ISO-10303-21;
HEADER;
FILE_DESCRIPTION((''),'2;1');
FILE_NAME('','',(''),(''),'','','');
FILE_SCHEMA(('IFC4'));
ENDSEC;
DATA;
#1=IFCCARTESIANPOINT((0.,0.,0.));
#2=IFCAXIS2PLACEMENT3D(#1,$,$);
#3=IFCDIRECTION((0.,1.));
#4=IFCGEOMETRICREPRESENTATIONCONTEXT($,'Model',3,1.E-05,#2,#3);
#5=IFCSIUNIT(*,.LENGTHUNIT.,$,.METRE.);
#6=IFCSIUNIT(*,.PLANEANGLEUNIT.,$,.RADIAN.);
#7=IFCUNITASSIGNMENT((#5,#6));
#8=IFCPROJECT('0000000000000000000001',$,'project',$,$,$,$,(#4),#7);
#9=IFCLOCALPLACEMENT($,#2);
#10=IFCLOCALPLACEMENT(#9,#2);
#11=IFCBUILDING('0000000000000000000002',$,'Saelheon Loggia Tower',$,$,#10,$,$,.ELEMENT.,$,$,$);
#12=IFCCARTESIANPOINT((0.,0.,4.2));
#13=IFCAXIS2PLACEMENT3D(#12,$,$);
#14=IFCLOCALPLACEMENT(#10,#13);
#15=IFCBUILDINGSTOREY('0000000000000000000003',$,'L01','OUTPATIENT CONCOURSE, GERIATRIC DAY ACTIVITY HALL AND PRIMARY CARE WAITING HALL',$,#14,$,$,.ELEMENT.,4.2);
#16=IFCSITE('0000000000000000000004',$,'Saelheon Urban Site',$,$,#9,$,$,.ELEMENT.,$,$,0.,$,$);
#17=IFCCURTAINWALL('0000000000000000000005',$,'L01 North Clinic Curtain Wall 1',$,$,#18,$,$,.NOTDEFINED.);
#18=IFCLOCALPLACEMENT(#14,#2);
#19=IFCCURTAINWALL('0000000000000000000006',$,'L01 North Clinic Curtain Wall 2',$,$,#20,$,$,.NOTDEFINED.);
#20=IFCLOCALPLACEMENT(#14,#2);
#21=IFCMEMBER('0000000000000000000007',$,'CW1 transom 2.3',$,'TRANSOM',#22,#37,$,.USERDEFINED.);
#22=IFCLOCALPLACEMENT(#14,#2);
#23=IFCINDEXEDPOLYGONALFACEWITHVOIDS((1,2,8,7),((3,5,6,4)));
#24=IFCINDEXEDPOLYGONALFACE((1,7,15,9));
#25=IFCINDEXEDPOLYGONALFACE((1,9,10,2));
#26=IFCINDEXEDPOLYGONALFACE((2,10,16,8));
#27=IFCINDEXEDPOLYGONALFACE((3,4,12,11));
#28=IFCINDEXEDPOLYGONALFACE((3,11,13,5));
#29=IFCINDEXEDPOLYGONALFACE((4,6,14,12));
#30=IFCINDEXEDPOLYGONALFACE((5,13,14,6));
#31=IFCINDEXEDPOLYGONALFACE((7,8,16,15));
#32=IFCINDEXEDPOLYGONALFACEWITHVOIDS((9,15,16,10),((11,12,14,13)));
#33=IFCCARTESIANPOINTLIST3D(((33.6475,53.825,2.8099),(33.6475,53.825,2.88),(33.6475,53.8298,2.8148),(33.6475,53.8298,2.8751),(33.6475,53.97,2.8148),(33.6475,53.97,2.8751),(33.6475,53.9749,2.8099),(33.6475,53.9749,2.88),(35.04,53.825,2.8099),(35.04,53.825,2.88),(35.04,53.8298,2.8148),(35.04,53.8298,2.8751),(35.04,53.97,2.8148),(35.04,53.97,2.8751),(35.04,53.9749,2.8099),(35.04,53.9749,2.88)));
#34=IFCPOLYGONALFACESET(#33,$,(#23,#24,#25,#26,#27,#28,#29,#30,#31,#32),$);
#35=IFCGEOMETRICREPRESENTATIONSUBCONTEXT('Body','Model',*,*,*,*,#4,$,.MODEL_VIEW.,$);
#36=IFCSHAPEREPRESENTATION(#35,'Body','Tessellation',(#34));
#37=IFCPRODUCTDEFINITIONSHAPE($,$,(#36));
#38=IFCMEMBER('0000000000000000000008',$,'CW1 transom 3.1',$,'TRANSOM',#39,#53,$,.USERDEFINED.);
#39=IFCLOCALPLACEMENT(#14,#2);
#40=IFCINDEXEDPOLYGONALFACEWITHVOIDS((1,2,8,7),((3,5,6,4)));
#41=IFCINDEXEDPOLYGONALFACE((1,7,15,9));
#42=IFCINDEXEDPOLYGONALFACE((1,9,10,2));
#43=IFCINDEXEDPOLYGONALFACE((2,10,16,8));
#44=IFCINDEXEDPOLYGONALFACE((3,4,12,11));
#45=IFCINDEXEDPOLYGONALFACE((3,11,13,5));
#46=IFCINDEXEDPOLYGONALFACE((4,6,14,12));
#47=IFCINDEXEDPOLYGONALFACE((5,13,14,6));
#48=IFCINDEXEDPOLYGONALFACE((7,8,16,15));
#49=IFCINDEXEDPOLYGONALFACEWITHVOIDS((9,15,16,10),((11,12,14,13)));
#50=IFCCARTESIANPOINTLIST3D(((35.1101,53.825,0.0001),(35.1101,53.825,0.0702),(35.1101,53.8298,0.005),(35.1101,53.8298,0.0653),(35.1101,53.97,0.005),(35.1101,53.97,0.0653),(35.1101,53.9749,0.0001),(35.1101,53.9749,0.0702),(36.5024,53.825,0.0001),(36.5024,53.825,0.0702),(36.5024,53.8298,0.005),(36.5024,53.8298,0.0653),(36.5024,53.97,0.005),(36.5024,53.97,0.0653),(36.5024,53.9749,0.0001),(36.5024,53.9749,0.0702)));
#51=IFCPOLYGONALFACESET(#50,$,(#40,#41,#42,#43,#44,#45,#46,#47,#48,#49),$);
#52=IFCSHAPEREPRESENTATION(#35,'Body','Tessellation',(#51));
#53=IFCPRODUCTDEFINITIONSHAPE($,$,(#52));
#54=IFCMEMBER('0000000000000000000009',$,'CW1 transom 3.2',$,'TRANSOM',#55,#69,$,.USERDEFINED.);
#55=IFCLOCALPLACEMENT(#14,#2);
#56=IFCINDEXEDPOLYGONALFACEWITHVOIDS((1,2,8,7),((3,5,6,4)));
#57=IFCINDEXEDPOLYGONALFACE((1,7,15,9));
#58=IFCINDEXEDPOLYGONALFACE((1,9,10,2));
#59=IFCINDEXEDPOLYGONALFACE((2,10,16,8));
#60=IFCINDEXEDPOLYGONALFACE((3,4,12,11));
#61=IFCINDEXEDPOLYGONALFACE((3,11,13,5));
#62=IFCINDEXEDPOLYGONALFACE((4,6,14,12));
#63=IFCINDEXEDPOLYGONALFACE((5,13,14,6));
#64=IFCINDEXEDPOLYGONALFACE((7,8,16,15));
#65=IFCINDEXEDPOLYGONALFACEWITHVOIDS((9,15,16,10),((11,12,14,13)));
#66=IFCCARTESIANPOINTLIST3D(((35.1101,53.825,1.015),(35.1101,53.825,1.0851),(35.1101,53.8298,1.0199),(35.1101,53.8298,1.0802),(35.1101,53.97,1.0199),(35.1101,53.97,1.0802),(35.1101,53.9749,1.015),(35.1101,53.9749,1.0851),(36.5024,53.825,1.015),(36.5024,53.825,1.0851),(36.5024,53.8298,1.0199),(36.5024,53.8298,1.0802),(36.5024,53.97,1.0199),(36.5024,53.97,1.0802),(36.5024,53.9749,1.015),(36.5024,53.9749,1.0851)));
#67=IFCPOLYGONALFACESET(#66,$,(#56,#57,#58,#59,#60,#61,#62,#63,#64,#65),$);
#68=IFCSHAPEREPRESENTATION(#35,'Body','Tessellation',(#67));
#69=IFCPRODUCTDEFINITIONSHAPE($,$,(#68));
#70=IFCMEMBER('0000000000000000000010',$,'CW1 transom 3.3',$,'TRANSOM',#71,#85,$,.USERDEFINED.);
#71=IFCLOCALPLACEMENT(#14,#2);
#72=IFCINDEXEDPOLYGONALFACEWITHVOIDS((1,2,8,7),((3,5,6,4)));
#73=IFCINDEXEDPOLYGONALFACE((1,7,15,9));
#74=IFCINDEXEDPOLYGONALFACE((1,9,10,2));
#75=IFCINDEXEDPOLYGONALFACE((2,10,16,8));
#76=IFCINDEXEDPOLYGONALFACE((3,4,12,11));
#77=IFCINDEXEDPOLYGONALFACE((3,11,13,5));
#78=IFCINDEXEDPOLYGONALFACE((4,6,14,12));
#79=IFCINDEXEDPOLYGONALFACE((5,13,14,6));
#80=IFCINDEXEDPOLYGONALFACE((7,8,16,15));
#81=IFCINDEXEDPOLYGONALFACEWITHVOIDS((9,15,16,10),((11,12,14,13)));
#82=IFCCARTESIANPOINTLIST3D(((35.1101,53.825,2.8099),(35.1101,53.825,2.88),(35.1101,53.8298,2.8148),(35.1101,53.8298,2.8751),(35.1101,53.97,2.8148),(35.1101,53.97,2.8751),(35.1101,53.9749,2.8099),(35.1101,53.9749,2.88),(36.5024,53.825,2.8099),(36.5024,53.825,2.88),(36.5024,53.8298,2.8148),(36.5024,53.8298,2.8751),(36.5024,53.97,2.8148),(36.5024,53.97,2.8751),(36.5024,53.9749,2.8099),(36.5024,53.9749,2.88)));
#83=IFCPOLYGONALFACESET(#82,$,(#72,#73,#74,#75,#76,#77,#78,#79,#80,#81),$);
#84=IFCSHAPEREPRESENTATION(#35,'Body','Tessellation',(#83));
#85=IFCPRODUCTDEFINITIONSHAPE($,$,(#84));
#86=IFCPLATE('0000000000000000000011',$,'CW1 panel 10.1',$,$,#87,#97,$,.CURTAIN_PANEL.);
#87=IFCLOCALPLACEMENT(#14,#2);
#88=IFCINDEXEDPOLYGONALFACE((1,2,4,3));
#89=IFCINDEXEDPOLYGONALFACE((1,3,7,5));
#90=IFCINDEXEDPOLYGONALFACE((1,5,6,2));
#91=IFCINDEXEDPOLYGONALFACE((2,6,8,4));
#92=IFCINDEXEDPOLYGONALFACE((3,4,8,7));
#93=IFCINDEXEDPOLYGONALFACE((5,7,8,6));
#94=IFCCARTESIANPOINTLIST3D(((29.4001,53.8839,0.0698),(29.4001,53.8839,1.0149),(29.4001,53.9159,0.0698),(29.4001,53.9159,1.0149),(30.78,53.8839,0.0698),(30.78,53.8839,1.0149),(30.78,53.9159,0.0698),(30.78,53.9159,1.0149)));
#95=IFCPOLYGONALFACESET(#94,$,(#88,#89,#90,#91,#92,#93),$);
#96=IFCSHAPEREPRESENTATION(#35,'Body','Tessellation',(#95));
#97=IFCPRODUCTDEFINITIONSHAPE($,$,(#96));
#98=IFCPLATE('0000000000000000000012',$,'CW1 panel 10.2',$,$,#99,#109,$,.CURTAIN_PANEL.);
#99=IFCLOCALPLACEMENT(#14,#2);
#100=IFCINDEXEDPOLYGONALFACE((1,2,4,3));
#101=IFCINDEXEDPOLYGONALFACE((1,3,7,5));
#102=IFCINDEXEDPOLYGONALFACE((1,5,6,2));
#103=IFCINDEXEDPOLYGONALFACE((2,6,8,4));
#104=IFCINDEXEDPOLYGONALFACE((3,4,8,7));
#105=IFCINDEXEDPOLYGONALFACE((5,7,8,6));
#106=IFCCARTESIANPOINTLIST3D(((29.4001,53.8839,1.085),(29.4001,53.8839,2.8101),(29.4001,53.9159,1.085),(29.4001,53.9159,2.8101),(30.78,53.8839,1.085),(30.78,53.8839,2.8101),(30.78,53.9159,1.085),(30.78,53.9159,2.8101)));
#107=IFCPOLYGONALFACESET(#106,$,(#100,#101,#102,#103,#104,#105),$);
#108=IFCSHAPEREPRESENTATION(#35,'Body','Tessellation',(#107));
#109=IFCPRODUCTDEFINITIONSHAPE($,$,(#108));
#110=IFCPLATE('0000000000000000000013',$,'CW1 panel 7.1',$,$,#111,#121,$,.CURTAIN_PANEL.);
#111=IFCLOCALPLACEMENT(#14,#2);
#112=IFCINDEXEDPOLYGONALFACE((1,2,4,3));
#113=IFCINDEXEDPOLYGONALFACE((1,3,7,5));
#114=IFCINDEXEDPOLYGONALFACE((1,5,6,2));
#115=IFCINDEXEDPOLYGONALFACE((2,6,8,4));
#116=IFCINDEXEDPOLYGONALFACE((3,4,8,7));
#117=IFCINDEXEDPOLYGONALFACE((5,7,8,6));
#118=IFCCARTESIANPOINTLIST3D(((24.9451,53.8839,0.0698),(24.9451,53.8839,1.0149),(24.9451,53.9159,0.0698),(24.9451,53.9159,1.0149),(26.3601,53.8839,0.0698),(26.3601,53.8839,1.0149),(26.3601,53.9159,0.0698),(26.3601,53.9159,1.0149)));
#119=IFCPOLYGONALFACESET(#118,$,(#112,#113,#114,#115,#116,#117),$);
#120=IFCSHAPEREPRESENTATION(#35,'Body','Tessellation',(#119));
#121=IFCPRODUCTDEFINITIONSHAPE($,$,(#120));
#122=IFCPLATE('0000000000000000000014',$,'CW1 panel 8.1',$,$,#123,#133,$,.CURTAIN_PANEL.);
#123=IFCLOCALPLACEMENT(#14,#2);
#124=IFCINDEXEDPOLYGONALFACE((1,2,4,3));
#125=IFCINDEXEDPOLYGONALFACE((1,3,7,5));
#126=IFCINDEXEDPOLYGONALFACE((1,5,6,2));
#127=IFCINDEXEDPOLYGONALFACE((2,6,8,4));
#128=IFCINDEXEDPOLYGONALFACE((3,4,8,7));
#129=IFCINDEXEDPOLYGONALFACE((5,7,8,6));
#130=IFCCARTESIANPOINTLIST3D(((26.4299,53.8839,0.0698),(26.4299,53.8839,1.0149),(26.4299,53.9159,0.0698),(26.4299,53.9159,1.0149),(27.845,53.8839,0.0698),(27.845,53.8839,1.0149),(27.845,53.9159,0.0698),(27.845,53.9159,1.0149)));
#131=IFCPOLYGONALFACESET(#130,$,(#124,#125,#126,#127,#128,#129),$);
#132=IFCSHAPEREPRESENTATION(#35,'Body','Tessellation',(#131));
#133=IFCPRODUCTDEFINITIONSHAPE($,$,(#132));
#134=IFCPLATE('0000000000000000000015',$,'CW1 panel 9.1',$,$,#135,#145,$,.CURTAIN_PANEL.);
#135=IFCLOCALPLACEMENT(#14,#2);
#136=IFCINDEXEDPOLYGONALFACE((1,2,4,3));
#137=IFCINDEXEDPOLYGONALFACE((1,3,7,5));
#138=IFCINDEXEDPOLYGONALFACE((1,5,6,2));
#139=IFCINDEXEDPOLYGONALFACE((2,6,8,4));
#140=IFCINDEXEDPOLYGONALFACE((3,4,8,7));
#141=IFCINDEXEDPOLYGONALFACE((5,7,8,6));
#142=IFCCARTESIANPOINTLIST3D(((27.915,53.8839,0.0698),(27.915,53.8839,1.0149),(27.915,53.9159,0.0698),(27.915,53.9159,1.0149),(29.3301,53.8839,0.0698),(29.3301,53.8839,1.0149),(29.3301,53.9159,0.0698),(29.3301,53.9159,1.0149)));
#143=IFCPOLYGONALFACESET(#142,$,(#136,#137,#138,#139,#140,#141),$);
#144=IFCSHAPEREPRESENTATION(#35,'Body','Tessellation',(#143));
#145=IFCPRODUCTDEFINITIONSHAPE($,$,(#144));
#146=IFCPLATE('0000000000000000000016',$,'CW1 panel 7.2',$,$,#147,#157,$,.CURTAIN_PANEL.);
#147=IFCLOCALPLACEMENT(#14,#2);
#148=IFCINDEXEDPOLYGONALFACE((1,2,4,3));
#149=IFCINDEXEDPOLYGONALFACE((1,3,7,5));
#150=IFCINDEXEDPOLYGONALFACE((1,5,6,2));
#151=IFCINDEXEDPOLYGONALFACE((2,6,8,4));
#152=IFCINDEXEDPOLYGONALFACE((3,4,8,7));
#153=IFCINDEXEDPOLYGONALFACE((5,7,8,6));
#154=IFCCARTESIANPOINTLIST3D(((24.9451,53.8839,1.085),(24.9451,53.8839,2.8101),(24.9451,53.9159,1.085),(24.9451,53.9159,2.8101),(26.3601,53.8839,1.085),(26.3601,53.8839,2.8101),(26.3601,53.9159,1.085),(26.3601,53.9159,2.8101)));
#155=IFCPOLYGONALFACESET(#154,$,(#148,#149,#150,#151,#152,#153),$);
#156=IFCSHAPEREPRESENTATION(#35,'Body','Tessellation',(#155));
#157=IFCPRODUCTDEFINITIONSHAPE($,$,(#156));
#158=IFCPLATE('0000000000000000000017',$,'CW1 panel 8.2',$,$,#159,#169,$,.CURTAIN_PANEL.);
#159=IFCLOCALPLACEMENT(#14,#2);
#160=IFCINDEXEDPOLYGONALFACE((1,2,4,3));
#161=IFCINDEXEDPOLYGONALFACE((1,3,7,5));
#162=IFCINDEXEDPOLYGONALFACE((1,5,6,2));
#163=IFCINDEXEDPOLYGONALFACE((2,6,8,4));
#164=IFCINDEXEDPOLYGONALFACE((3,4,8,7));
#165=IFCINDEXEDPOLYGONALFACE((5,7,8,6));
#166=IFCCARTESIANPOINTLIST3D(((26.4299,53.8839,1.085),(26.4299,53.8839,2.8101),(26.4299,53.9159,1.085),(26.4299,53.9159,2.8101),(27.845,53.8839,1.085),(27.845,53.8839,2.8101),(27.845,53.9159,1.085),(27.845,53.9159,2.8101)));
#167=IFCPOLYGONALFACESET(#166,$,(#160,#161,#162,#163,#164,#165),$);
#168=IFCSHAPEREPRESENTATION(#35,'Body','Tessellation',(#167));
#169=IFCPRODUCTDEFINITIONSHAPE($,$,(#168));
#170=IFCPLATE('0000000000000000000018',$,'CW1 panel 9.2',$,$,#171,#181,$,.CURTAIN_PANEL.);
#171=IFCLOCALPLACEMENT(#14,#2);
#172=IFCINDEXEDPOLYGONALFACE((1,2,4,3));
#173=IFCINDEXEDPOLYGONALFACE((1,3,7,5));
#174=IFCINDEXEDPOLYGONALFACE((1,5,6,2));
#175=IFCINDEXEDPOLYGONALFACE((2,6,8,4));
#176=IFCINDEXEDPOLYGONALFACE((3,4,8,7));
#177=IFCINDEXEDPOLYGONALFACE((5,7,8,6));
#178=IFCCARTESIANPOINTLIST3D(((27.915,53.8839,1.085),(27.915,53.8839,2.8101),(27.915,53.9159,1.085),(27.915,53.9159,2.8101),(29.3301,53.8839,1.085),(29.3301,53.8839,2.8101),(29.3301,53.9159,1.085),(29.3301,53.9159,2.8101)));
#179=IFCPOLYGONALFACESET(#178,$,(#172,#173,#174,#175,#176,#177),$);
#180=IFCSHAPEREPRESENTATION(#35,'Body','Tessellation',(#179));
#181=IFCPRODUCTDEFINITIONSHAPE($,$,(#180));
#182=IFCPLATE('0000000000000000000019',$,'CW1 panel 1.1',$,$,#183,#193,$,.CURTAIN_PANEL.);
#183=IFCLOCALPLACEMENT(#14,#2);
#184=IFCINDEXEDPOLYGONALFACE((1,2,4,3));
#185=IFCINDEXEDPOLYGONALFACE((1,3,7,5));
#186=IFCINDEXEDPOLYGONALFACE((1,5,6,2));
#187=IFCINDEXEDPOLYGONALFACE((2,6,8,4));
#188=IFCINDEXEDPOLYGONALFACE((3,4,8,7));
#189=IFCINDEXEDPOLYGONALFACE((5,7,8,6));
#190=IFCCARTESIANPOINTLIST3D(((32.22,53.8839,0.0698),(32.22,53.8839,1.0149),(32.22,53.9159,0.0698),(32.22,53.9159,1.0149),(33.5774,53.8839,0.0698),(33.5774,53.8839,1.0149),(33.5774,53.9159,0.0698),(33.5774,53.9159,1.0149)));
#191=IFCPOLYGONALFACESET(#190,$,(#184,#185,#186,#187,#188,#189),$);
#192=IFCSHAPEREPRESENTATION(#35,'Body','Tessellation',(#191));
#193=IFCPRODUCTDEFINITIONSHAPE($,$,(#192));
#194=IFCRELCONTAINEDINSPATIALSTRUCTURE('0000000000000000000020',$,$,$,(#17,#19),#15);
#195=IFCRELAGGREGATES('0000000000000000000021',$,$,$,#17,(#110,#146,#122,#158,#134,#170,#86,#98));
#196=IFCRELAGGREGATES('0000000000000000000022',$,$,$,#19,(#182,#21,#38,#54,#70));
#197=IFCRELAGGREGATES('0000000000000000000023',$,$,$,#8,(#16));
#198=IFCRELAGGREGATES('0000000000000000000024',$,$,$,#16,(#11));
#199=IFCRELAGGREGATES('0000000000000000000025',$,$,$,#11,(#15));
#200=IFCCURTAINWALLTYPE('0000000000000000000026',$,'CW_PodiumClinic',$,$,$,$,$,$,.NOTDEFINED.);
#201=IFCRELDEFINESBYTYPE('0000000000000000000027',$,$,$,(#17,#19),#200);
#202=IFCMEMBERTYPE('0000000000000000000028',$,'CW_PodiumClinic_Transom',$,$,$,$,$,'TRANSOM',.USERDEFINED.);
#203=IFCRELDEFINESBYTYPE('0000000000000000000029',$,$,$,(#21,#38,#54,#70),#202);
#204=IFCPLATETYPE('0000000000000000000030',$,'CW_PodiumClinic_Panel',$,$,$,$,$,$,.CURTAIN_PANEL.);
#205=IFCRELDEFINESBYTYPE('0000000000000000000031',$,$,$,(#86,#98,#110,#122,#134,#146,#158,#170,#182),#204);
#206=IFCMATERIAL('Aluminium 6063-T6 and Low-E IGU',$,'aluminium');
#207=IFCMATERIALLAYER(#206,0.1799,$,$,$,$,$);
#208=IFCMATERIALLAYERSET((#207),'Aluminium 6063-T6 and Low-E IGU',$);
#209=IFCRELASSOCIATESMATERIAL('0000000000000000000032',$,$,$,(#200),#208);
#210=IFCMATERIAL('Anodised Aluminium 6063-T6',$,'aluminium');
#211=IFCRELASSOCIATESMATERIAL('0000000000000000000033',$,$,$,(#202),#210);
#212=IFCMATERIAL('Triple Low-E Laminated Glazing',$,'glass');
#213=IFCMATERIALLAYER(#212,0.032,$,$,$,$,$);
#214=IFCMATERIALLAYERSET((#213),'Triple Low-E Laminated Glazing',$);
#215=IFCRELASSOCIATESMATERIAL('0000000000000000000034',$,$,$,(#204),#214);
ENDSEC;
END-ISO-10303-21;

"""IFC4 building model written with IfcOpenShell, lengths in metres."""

from ifc_helpers import new_model, si_unit, direction, frame, origin, origin_2d, place, context, subcontext, project, spatial, rectangle, hollow_rectangle, extrude, source, transform, mapped, material, layer, layer_set, material_profile, profile_set, type_object, element, aggregate, save


model = new_model("IFC4")

# Units and contexts
model_context = context("Model", 3, precision=1e-05, world=origin(), true_north=direction((0.0, 1.0)))
body_context = subcontext(model_context, "Body", "Model", "MODEL_VIEW")
ifc_project = project(units=[si_unit("LENGTHUNIT", "METRE"), si_unit("PLANEANGLEUNIT", "RADIAN")], contexts=[model_context])

# Site, building, storey
site_placement = place(None, origin())
site = spatial("IfcSite", under=ifc_project, at=site_placement, Name="Saelheon Urban Site", CompositionType="ELEMENT", RefElevation=0.0)
building_placement = place(site_placement, origin())
building = spatial("IfcBuilding", under=site, at=building_placement, Name="Saelheon Loggia Tower", CompositionType="ELEMENT")
storey_placement = place(building_placement, frame((0.0, 0.0, 4.2)))
storey = spatial("IfcBuildingStorey", under=building, at=storey_placement, Name="L01", Description="OUTPATIENT CONCOURSE, GERIATRIC DAY ACTIVITY HALL AND PRIMARY CARE WAITING HALL", CompositionType="ELEMENT", Elevation=4.2)

# Curtain walls
ifc_material_1 = material(Name="Aluminium 6063-T6 and Low-E IGU", Category="aluminium")
ifc_layer_1 = layer(ifc_material_1, 0.1799)
ifc_layer_set_1 = layer_set([ifc_layer_1], Name="Aluminium 6063-T6 and Low-E IGU")
curtain_wall_type = type_object("IfcCurtainWallType", Name="CW_PodiumClinic", PredefinedType="NOTDEFINED", material=ifc_layer_set_1)
curtain_wall_1_placement = place(storey_placement, origin())
curtain_wall_1 = element("IfcCurtainWall", 1, at=curtain_wall_1_placement, inside=storey, type_object=curtain_wall_type, Name="L01 North Clinic Curtain Wall 1", PredefinedType="NOTDEFINED")
ifc_material_2 = material(Name="Anodised Aluminium 6063-T6", Category="aluminium")
curtain_wall_2_placement = place(storey_placement, origin())
curtain_wall_2 = element("IfcCurtainWall", 2, at=curtain_wall_2_placement, inside=storey, type_object=curtain_wall_type, Name="L01 North Clinic Curtain Wall 2", PredefinedType="NOTDEFINED")

# Members
ifc_material_profile_1 = material_profile(ifc_material_2, hollow_rectangle(XDim=0.0701, YDim=0.1499, WallThickness=0.0049, at=origin_2d()), Name="RHS-150x70x5")
ifc_profile_set_1 = profile_set([ifc_material_profile_1], Name="Anodised Aluminium 6063-T6")
member_type_1 = type_object("IfcMemberType", Name="CW_PodiumClinic_Transom", ElementType="TRANSOM", PredefinedType="USERDEFINED", material=ifc_profile_set_1)
shared_shape_1 = source(origin(), body_context, "Body", "SweptSolid", [
    extrude(hollow_rectangle(XDim=0.0701, YDim=0.1499, WallThickness=0.0049, at=origin_2d()), origin(), (0.0, 0.0, 1.0), 1.3926),
])
member_1_placement = place(storey_placement, frame((33.6475, 53.8999, 2.845), z_axis=(1.0, 0.0, 0.0), x_axis=(0.0, 0.0, 1.0)))
member_1 = element("IfcMember", 3, at=member_1_placement, type_object=member_type_1, Name="CW1 transom 2.3", ObjectType="TRANSOM", PredefinedType="USERDEFINED", context=body_context, shape_type="MappedRepresentation", body=[
    mapped(shared_shape_1, transform((0.0, 0.0, 0.0), scale=1.0)),
])
shared_shape_2 = source(origin(), body_context, "Body", "SweptSolid", [
    extrude(hollow_rectangle(XDim=0.0701, YDim=0.1499, WallThickness=0.0049, at=origin_2d()), origin(), (0.0, 0.0, 1.0), 1.3923),
])
member_2_placement = place(storey_placement, frame((35.1101, 53.8999, 0.0352), z_axis=(1.0, 0.0, 0.0), x_axis=(0.0, 0.0, 1.0)))
member_2 = element("IfcMember", 4, at=member_2_placement, type_object=member_type_1, Name="CW1 transom 3.1", ObjectType="TRANSOM", PredefinedType="USERDEFINED", context=body_context, shape_type="MappedRepresentation", body=[
    mapped(shared_shape_2, transform((0.0, 0.0, 0.0), scale=1.0)),
])
member_3_placement = place(storey_placement, frame((35.1101, 53.8999, 1.05), z_axis=(1.0, 0.0, 0.0), x_axis=(0.0, 0.0, 1.0)))
member_3 = element("IfcMember", 5, at=member_3_placement, type_object=member_type_1, Name="CW1 transom 3.2", ObjectType="TRANSOM", PredefinedType="USERDEFINED", context=body_context, shape_type="MappedRepresentation", body=[
    mapped(shared_shape_2, transform((0.0, 0.0, 0.0), scale=1.0)),
])
member_4_placement = place(storey_placement, frame((35.1101, 53.8999, 2.845), z_axis=(1.0, 0.0, 0.0), x_axis=(0.0, 0.0, 1.0)))
member_4 = element("IfcMember", 6, at=member_4_placement, type_object=member_type_1, Name="CW1 transom 3.3", ObjectType="TRANSOM", PredefinedType="USERDEFINED", context=body_context, shape_type="MappedRepresentation", body=[
    mapped(shared_shape_2, transform((0.0, 0.0, 0.0), scale=1.0)),
])

# Plates
ifc_material_3 = material(Name="Triple Low-E Laminated Glazing", Category="glass")
ifc_layer_2 = layer(ifc_material_3, 0.032)
ifc_layer_set_2 = layer_set([ifc_layer_2], Name="Triple Low-E Laminated Glazing")
plate_type = type_object("IfcPlateType", Name="CW_PodiumClinic_Panel", PredefinedType="CURTAIN_PANEL", material=ifc_layer_set_2)
shared_shape_3 = source(origin(), body_context, "Body", "SweptSolid", [
    extrude(rectangle(XDim=1.3799, YDim=0.032, at=origin_2d()), origin(), (0.0, 0.0, 1.0), 0.9451),
])
plate_1_placement = place(storey_placement, frame((30.0901, 53.8999, 0.0698), z_axis=(0.0, 0.0, 1.0), x_axis=(1.0, 0.0, 0.0)))
plate_1 = element("IfcPlate", 7, at=plate_1_placement, type_object=plate_type, Name="CW1 panel 10.1", PredefinedType="CURTAIN_PANEL", context=body_context, shape_type="MappedRepresentation", body=[
    mapped(shared_shape_3, transform((0.0, 0.0, 0.0), scale=1.0)),
])
shared_shape_4 = source(origin(), body_context, "Body", "SweptSolid", [
    extrude(rectangle(XDim=1.3799, YDim=0.032, at=origin_2d()), origin(), (0.0, 0.0, 1.0), 1.7251),
])
plate_2_placement = place(storey_placement, frame((30.0901, 53.8999, 1.085), z_axis=(0.0, 0.0, 1.0), x_axis=(1.0, 0.0, 0.0)))
plate_2 = element("IfcPlate", 8, at=plate_2_placement, type_object=plate_type, Name="CW1 panel 10.2", PredefinedType="CURTAIN_PANEL", context=body_context, shape_type="MappedRepresentation", body=[
    mapped(shared_shape_4, transform((0.0, 0.0, 0.0), scale=1.0)),
])
shared_shape_5 = source(origin(), body_context, "Body", "SweptSolid", [
    extrude(rectangle(XDim=1.415, YDim=0.032, at=origin_2d()), origin(), (0.0, 0.0, 1.0), 0.9451),
])
plate_3_placement = place(storey_placement, frame((25.6526, 53.8999, 0.0698), z_axis=(0.0, 0.0, 1.0), x_axis=(1.0, 0.0, 0.0)))
plate_3 = element("IfcPlate", 9, at=plate_3_placement, type_object=plate_type, Name="CW1 panel 7.1", PredefinedType="CURTAIN_PANEL", context=body_context, shape_type="MappedRepresentation", body=[
    mapped(shared_shape_5, transform((0.0, 0.0, 0.0), scale=1.0)),
])
plate_4_placement = place(storey_placement, frame((27.1375, 53.8999, 0.0698), z_axis=(0.0, 0.0, 1.0), x_axis=(1.0, 0.0, 0.0)))
plate_4 = element("IfcPlate", 10, at=plate_4_placement, type_object=plate_type, Name="CW1 panel 8.1", PredefinedType="CURTAIN_PANEL", context=body_context, shape_type="MappedRepresentation", body=[
    mapped(shared_shape_5, transform((0.0, 0.0, 0.0), scale=1.0)),
])
plate_5_placement = place(storey_placement, frame((28.6226, 53.8999, 0.0698), z_axis=(0.0, 0.0, 1.0), x_axis=(1.0, 0.0, 0.0)))
plate_5 = element("IfcPlate", 11, at=plate_5_placement, type_object=plate_type, Name="CW1 panel 9.1", PredefinedType="CURTAIN_PANEL", context=body_context, shape_type="MappedRepresentation", body=[
    mapped(shared_shape_5, transform((0.0, 0.0, 0.0), scale=1.0)),
])
shared_shape_6 = source(origin(), body_context, "Body", "SweptSolid", [
    extrude(rectangle(XDim=1.415, YDim=0.032, at=origin_2d()), origin(), (0.0, 0.0, 1.0), 1.7251),
])
plate_6_placement = place(storey_placement, frame((25.6526, 53.8999, 1.085), z_axis=(0.0, 0.0, 1.0), x_axis=(1.0, 0.0, 0.0)))
plate_6 = element("IfcPlate", 12, at=plate_6_placement, type_object=plate_type, Name="CW1 panel 7.2", PredefinedType="CURTAIN_PANEL", context=body_context, shape_type="MappedRepresentation", body=[
    mapped(shared_shape_6, transform((0.0, 0.0, 0.0), scale=1.0)),
])
plate_7_placement = place(storey_placement, frame((27.1375, 53.8999, 1.085), z_axis=(0.0, 0.0, 1.0), x_axis=(1.0, 0.0, 0.0)))
plate_7 = element("IfcPlate", 13, at=plate_7_placement, type_object=plate_type, Name="CW1 panel 8.2", PredefinedType="CURTAIN_PANEL", context=body_context, shape_type="MappedRepresentation", body=[
    mapped(shared_shape_6, transform((0.0, 0.0, 0.0), scale=1.0)),
])
plate_8_placement = place(storey_placement, frame((28.6226, 53.8999, 1.085), z_axis=(0.0, 0.0, 1.0), x_axis=(1.0, 0.0, 0.0)))
plate_8 = element("IfcPlate", 14, at=plate_8_placement, type_object=plate_type, Name="CW1 panel 9.2", PredefinedType="CURTAIN_PANEL", context=body_context, shape_type="MappedRepresentation", body=[
    mapped(shared_shape_6, transform((0.0, 0.0, 0.0), scale=1.0)),
])
aggregate(curtain_wall_1, [plate_3, plate_6, plate_4, plate_7, plate_5, plate_8, plate_1, plate_2])
shared_shape_7 = source(origin(), body_context, "Body", "SweptSolid", [
    extrude(rectangle(XDim=1.3574, YDim=0.032, at=origin_2d()), origin(), (0.0, 0.0, 1.0), 0.9451),
])
plate_9_placement = place(storey_placement, frame((32.8987, 53.8999, 0.0698), z_axis=(0.0, 0.0, 1.0), x_axis=(1.0, 0.0, 0.0)))
plate_9 = element("IfcPlate", 15, at=plate_9_placement, type_object=plate_type, Name="CW1 panel 1.1", PredefinedType="CURTAIN_PANEL", context=body_context, shape_type="MappedRepresentation", body=[
    mapped(shared_shape_7, transform((0.0, 0.0, 0.0), scale=1.0)),
])
aggregate(curtain_wall_2, [plate_9, member_1, member_2, member_3, member_4])

save(model, "model.ifc")
